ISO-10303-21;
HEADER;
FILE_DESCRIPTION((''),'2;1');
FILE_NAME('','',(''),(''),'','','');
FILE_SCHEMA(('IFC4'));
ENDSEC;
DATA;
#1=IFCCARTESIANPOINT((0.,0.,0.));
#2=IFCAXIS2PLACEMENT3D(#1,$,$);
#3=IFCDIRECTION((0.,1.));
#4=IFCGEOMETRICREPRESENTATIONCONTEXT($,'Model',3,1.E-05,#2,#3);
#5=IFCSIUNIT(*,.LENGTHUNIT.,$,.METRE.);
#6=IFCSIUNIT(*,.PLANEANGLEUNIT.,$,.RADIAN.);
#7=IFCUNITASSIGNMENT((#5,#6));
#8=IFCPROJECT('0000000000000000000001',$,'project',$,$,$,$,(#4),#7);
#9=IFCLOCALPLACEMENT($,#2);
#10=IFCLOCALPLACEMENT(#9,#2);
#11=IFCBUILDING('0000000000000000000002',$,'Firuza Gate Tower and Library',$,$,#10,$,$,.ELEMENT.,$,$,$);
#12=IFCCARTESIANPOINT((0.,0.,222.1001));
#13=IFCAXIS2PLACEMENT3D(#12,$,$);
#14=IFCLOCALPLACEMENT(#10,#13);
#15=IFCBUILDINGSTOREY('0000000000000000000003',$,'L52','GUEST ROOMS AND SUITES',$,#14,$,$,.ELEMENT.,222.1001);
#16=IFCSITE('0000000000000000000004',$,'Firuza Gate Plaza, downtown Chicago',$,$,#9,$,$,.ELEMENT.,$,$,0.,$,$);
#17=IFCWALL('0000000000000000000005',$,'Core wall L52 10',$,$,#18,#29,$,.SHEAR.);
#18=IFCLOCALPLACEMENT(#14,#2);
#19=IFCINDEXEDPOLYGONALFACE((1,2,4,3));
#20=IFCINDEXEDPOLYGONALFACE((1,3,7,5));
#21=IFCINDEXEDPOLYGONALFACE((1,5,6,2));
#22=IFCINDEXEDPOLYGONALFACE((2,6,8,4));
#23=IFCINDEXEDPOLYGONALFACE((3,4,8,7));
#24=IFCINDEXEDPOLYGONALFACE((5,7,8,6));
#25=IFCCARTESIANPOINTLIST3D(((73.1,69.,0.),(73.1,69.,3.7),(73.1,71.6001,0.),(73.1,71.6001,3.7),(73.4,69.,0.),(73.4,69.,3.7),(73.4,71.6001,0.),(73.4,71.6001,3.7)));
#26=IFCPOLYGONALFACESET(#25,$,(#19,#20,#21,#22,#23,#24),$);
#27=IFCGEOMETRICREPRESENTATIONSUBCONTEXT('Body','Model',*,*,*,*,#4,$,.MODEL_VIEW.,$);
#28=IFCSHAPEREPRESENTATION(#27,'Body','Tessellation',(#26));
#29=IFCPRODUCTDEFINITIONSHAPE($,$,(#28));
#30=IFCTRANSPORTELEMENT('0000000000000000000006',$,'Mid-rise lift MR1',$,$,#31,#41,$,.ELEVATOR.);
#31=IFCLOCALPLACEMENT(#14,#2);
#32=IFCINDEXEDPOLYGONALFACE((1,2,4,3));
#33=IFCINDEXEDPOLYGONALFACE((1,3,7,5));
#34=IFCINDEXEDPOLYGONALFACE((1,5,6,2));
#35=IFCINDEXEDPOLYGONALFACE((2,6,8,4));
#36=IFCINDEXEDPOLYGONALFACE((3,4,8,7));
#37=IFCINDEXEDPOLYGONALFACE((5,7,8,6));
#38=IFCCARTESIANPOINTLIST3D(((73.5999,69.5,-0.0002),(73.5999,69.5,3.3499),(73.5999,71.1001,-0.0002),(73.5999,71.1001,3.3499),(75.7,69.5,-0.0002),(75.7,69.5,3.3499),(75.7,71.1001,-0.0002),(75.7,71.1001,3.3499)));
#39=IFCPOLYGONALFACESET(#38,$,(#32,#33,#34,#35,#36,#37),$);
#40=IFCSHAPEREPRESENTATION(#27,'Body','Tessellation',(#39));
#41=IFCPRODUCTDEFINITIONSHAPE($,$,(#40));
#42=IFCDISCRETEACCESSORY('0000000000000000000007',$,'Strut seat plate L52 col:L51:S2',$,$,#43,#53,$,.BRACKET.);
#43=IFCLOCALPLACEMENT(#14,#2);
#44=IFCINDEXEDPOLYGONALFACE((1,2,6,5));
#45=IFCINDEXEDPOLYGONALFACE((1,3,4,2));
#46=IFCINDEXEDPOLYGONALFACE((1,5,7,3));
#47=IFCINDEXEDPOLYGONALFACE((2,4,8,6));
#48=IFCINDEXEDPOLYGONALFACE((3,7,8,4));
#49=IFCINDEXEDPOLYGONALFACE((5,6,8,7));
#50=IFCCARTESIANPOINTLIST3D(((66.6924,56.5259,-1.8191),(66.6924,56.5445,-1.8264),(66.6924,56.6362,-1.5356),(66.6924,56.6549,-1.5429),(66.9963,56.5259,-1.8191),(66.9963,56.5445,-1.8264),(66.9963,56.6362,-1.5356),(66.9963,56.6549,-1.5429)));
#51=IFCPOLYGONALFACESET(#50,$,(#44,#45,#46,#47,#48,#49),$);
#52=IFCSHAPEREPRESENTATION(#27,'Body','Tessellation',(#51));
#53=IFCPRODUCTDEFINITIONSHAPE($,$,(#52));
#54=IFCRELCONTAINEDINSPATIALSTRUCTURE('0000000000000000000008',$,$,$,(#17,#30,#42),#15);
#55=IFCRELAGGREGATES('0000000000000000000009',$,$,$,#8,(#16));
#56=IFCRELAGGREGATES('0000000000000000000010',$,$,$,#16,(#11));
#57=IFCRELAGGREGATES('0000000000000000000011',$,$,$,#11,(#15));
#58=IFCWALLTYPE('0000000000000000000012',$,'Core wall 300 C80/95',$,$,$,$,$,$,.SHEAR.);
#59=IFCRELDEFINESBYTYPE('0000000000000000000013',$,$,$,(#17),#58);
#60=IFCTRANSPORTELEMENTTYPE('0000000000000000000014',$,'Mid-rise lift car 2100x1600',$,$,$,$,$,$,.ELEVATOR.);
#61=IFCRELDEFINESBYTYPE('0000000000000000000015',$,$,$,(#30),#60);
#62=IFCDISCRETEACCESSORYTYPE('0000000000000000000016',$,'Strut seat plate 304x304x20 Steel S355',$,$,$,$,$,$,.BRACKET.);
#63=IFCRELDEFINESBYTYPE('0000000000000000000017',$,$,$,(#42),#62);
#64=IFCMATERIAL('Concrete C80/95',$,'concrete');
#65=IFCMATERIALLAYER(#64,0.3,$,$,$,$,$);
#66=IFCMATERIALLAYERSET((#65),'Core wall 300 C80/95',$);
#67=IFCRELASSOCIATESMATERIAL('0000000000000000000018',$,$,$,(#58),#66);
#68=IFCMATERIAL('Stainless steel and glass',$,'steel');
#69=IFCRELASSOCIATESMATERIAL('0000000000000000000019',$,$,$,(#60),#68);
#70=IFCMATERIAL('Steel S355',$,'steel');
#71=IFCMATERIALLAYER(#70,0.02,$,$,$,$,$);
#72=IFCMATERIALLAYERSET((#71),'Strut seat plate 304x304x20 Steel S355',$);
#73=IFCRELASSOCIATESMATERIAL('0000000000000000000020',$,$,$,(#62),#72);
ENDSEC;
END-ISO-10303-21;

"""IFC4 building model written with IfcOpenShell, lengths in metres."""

from ifc_helpers import new_model, si_unit, direction, frame, frame_2d, origin, origin_2d, place, context, subcontext, project, spatial, polyline, rectangle, outline, extrude, material, layer, layer_set, type_object, element, save


model = new_model("IFC4")

# Units and contexts
model_context = context("Model", 3, precision=1e-05, world=origin(), true_north=direction((0.0, 1.0)))
body_context = subcontext(model_context, "Body", "Model", "MODEL_VIEW")
ifc_project = project(units=[si_unit("LENGTHUNIT", "METRE"), si_unit("PLANEANGLEUNIT", "RADIAN")], contexts=[model_context])

# Site, building, storey
site_placement = place(None, origin())
site = spatial("IfcSite", under=ifc_project, at=site_placement, Name="Firuza Gate Plaza, downtown Chicago", CompositionType="ELEMENT", RefElevation=0.0)
building_placement = place(site_placement, origin())
building = spatial("IfcBuilding", under=site, at=building_placement, Name="Firuza Gate Tower and Library", CompositionType="ELEMENT")
storey_placement = place(building_placement, frame((0.0, 0.0, 222.1001)))
storey = spatial("IfcBuildingStorey", under=building, at=storey_placement, Name="L52", Description="GUEST ROOMS AND SUITES", CompositionType="ELEMENT", Elevation=222.1001)

# Shared definitions
ifc_material_1 = material(Name="Concrete C80/95", Category="concrete")
ifc_layer_1 = layer(ifc_material_1, 0.3)
ifc_layer_set_1 = layer_set([ifc_layer_1], Name="Core wall 300 C80/95")
wall_type_1 = type_object("IfcWallType", Name="Core wall 300 C80/95", PredefinedType="SHEAR", material=ifc_layer_set_1)

# Wall
for number, where, z_axis, x_axis, name in (
    (1, (73.25, 69.0, 0.0), (0.0, 0.0, 1.0), (0.0, 1.0, 0.0), "Core wall L52 10"),
):
    element("IfcWall", number, at=place(storey_placement, frame(where, z_axis=z_axis, x_axis=x_axis)), inside=storey, type_object=wall_type_1, Name=name, PredefinedType="SHEAR", context=body_context, shape_type="SweptSolid", body=[
        extrude(rectangle(XDim=2.6001, YDim=0.3, at=frame_2d((1.3, 0.0))), origin(), (0.0, 0.0, 1.0), 3.7),
    ])

# Transport element
ifc_material_2 = material(Name="Stainless steel and glass", Category="steel")
transport_element_type = type_object("IfcTransportElementType", Name="Mid-rise lift car 2100x1600", PredefinedType="ELEVATOR", material=ifc_material_2)
transport_element_placement = place(storey_placement, frame((74.6499, 70.3, -0.0002), z_axis=(0.0, 0.0, 1.0), x_axis=(1.0, 0.0, 0.0)))
element("IfcTransportElement", 2, at=transport_element_placement, inside=storey, type_object=transport_element_type, Name="Mid-rise lift MR1", PredefinedType="ELEVATOR", context=body_context, shape_type="SweptSolid", body=[
    extrude(rectangle(XDim=2.1001, YDim=1.6001, at=origin_2d()), origin(), (0.0, 0.0, 1.0), 3.3501),
])

# Discrete accessory
ifc_material_3 = material(Name="Steel S355", Category="steel")
ifc_layer_2 = layer(ifc_material_3, 0.02)
ifc_layer_set_2 = layer_set([ifc_layer_2], Name="Strut seat plate 304x304x20 Steel S355")
discrete_accessory_type = type_object("IfcDiscreteAccessoryType", Name="Strut seat plate 304x304x20 Steel S355", PredefinedType="BRACKET", material=ifc_layer_set_2)
discrete_accessory_placement = place(storey_placement, frame((66.9963, 56.6362, -1.5356), z_axis=(0.0, -0.931869, 0.362795), x_axis=(-1.0, 0.0, 0.0)))
element("IfcDiscreteAccessory", 3, at=discrete_accessory_placement, inside=storey, type_object=discrete_accessory_type, Name="Strut seat plate L52 col:L51:S2", PredefinedType="BRACKET", context=body_context, shape_type="SweptSolid", body=[
    extrude(outline(polyline([(0.0, 0.0), (0.304, 0.0), (0.304, 0.3042), (0.0, 0.3042), (0.0, 0.0)])), origin(), (0.0, 0.0, -1.0), 0.02),
])

save(model, "model.ifc")
